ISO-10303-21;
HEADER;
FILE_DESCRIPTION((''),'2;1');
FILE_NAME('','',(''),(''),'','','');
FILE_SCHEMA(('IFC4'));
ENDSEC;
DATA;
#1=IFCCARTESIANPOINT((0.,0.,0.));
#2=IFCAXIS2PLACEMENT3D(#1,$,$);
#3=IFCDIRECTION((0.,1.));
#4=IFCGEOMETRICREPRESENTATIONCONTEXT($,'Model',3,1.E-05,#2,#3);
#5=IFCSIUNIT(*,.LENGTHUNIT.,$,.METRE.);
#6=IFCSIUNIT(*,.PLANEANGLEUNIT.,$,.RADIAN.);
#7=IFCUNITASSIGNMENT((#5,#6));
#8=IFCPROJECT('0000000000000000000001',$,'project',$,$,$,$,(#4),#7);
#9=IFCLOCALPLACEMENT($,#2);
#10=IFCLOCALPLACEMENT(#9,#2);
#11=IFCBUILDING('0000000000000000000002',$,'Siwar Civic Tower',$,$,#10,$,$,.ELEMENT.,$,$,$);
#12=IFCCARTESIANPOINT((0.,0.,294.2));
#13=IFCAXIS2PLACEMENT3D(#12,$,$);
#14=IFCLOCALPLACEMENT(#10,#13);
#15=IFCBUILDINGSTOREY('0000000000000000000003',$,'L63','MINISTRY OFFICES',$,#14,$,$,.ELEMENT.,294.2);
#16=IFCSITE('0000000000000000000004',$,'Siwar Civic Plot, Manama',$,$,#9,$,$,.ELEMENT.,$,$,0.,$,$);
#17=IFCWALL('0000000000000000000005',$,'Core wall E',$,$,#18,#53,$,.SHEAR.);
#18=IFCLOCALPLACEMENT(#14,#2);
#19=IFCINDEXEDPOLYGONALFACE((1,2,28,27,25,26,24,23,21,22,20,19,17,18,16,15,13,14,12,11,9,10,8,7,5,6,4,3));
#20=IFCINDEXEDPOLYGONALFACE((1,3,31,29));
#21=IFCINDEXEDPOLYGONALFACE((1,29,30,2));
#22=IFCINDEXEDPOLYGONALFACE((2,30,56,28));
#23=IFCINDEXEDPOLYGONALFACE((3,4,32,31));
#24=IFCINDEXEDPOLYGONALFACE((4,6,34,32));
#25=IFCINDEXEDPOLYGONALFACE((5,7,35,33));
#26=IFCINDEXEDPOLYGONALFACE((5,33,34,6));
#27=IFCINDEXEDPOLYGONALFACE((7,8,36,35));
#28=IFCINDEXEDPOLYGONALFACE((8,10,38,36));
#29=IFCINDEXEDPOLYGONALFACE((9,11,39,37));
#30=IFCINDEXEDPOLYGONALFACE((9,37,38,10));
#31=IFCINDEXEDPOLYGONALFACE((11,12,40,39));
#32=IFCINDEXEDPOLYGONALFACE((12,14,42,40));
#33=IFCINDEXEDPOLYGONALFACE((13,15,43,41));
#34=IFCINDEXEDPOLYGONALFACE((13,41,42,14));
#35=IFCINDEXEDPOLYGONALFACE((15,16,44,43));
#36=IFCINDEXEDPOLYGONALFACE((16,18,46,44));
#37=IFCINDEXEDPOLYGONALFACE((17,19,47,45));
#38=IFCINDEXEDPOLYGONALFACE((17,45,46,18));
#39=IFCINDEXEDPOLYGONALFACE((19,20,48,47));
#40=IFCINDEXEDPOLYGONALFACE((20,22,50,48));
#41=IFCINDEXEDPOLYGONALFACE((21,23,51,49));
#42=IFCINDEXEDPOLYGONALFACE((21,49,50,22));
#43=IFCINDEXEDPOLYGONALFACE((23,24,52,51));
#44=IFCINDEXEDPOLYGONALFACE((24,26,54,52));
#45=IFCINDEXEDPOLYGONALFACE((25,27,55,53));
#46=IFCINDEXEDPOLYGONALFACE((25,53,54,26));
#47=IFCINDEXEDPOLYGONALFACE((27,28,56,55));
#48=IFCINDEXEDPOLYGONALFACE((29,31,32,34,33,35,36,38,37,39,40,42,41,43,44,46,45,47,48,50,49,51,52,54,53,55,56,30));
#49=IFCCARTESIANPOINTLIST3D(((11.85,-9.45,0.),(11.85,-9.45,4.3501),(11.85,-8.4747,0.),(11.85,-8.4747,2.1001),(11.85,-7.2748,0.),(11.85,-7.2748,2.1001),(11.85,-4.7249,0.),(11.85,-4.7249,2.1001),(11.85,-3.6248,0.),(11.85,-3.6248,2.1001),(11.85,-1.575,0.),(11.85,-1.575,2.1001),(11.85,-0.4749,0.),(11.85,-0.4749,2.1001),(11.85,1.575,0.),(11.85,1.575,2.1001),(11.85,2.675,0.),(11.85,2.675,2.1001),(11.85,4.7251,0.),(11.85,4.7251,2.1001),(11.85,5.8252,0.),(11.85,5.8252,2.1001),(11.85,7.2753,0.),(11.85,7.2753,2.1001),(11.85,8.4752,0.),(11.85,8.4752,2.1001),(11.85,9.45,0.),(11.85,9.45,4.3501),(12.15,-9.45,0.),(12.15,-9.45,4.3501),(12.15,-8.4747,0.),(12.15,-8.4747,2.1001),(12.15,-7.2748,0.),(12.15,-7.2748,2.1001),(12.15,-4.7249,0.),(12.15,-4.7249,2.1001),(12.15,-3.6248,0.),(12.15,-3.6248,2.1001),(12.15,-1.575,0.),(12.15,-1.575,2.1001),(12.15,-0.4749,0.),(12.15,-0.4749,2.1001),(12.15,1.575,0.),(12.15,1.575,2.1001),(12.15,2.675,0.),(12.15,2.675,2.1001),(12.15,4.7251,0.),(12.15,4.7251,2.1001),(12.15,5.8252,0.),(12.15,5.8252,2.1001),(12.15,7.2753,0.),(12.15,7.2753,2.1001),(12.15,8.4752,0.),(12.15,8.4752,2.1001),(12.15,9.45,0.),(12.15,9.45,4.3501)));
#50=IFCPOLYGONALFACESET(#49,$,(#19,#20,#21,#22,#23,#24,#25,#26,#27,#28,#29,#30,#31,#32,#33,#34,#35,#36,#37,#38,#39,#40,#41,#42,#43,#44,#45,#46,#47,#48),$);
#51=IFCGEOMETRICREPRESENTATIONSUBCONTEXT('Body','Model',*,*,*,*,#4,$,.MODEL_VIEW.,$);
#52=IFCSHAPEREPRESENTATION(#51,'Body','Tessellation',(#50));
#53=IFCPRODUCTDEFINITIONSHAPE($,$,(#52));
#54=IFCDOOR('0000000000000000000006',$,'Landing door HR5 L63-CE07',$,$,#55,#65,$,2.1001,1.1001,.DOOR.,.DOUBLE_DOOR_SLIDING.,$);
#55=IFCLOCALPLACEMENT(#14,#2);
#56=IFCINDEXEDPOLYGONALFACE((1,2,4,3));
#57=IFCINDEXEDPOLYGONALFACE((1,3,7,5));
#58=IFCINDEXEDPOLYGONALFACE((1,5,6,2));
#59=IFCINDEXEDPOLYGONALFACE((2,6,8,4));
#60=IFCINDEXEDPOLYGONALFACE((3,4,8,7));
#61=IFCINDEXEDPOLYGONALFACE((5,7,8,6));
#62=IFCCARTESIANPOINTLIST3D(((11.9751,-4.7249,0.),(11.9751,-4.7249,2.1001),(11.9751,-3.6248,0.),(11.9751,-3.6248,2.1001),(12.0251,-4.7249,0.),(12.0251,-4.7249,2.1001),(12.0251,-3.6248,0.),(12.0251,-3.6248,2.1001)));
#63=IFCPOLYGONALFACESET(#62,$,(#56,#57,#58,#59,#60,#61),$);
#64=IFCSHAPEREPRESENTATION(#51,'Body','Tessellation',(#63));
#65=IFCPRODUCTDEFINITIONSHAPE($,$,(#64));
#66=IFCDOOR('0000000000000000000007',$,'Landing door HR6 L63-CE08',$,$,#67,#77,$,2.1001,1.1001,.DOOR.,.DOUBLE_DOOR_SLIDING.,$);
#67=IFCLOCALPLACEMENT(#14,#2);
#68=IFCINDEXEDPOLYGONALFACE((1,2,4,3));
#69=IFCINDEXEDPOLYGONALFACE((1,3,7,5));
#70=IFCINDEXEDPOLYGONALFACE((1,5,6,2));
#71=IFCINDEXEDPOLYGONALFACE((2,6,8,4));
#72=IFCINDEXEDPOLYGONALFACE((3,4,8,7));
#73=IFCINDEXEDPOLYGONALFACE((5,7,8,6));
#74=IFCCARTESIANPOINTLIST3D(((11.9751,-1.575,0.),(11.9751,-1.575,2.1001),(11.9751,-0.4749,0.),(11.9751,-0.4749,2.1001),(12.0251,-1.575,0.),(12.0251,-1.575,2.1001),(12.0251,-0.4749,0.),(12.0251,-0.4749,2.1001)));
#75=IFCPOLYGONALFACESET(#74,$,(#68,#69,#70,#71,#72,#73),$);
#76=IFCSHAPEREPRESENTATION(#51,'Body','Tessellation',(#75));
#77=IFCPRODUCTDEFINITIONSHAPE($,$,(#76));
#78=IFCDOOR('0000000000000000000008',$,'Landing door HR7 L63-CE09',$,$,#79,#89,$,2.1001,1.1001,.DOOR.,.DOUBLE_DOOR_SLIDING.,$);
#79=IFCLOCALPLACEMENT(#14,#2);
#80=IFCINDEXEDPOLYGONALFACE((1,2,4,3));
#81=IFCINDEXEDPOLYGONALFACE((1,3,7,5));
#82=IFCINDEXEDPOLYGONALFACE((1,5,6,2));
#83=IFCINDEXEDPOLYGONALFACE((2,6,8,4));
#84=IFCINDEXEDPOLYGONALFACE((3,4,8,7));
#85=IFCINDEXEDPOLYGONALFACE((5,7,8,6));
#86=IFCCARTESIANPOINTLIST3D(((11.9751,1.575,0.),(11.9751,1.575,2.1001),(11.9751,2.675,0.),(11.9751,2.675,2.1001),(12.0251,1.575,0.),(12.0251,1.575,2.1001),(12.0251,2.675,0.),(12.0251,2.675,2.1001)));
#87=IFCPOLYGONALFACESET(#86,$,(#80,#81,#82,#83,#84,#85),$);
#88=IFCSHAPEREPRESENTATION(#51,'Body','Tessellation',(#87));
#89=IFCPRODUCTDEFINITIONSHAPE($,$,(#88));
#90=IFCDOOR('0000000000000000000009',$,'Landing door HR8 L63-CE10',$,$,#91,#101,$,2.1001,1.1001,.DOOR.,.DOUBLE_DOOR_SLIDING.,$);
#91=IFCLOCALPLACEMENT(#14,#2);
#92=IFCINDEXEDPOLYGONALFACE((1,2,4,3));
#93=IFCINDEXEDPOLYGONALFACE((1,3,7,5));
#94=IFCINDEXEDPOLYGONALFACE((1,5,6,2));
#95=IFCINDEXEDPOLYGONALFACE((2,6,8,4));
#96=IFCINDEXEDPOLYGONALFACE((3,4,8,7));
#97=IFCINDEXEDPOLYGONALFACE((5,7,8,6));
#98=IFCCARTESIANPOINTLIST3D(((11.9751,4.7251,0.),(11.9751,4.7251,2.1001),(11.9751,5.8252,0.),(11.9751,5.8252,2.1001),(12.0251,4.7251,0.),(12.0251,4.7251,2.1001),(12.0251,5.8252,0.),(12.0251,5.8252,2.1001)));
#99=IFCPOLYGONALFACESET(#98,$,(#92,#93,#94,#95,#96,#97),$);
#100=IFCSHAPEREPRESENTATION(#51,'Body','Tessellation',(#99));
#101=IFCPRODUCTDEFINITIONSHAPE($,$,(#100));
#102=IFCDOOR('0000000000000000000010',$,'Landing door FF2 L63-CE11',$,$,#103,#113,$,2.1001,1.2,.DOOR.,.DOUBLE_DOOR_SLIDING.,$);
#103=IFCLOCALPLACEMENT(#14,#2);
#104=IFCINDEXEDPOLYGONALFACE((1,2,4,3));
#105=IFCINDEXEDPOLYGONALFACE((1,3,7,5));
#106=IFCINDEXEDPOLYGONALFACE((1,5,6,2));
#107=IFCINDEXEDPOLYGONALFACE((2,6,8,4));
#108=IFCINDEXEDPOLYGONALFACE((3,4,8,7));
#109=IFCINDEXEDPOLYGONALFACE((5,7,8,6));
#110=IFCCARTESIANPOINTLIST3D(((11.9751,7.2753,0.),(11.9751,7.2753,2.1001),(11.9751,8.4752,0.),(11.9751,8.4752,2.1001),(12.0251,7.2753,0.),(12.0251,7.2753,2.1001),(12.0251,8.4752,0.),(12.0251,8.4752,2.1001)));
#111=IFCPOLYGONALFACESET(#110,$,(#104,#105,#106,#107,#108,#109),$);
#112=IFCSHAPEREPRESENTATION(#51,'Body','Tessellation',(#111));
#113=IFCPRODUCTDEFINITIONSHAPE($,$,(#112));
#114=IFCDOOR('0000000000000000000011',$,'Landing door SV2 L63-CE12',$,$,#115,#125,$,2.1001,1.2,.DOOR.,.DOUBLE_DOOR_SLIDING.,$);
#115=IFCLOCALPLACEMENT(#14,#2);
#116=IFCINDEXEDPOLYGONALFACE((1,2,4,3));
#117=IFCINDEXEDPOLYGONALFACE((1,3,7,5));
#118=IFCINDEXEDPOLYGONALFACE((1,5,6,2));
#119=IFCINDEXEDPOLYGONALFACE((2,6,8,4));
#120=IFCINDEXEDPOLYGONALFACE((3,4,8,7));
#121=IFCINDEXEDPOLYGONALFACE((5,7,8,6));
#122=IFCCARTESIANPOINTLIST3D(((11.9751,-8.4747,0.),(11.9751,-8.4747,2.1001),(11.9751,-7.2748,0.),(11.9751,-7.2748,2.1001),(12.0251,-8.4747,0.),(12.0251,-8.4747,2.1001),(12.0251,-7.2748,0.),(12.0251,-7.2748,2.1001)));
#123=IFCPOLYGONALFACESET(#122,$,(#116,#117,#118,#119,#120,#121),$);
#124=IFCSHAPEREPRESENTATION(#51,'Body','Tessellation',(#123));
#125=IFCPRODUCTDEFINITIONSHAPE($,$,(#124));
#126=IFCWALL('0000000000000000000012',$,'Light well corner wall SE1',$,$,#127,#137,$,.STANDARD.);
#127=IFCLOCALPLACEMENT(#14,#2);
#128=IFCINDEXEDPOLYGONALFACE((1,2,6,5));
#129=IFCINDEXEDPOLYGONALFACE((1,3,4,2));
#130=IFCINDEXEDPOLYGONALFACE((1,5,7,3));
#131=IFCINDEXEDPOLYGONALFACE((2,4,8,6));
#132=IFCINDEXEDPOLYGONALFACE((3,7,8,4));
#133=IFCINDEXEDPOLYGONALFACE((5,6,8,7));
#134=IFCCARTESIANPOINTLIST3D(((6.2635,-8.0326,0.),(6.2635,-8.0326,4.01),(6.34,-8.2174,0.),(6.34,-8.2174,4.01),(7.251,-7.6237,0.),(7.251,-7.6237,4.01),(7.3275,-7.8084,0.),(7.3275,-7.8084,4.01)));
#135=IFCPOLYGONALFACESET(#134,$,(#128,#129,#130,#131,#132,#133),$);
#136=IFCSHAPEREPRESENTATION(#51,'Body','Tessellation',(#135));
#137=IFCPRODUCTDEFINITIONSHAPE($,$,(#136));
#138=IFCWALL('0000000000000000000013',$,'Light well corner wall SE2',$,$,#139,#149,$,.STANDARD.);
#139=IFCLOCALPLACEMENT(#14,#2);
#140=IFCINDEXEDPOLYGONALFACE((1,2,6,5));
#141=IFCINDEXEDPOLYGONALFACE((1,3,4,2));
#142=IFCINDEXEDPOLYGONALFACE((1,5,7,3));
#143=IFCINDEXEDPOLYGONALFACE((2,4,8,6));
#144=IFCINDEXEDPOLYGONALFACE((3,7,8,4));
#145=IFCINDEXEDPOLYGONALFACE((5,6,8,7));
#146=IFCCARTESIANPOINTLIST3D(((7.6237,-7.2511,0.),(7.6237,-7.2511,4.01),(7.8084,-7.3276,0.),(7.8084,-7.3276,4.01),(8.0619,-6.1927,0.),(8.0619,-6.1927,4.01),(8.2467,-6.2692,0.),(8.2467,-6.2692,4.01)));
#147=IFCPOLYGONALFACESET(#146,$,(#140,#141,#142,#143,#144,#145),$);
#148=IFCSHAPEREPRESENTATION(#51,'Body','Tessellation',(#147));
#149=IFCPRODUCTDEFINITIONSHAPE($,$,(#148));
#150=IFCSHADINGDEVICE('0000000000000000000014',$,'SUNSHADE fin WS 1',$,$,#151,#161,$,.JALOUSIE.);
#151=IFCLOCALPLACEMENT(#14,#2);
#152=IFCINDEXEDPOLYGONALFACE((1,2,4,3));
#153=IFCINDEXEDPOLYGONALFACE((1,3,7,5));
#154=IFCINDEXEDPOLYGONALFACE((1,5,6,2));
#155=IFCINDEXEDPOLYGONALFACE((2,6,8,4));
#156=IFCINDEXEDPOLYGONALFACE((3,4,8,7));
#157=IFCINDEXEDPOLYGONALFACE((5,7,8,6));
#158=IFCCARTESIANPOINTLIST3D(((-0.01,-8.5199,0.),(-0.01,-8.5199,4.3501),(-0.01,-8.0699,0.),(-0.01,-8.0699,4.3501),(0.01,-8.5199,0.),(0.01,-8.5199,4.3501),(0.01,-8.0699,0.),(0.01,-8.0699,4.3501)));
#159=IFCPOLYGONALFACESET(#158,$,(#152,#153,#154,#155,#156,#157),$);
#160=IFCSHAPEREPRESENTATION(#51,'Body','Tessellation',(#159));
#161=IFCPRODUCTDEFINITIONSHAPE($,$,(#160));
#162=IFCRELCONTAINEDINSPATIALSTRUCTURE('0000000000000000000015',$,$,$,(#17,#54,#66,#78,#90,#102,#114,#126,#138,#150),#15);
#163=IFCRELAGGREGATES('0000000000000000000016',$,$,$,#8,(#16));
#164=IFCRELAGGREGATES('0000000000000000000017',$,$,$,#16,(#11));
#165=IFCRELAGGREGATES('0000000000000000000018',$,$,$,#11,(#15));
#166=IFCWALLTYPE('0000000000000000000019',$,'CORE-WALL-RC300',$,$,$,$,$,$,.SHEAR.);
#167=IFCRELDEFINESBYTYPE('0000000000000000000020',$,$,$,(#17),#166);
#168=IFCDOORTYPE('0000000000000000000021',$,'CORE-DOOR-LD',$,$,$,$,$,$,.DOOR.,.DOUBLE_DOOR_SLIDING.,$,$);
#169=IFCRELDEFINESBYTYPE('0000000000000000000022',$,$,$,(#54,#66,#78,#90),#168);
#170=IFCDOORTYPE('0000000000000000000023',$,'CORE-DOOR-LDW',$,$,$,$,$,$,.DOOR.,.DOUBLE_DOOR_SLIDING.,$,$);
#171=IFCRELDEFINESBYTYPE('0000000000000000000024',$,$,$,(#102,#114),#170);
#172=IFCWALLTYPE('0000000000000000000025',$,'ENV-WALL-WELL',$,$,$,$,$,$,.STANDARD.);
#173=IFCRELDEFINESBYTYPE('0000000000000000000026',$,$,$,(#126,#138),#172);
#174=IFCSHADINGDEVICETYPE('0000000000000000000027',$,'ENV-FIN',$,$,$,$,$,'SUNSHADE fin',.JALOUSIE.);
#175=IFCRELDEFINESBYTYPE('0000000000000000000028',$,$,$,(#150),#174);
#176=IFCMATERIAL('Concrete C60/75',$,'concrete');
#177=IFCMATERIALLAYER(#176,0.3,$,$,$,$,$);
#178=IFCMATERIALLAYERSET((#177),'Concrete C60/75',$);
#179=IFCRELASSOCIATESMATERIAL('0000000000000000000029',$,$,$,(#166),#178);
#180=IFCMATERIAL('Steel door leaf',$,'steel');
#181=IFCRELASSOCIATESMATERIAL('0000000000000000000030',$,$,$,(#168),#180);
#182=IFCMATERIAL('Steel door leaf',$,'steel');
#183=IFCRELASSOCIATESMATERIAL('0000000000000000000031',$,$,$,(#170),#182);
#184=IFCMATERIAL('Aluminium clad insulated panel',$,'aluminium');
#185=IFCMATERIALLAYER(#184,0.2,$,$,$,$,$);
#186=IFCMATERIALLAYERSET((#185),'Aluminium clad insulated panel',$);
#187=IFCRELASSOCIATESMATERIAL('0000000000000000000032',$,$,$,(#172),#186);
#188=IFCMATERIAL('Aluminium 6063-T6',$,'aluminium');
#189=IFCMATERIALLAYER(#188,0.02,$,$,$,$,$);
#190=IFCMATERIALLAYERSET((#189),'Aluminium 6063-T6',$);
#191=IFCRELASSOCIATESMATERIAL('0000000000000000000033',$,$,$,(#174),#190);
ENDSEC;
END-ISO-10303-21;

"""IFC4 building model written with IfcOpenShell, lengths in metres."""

from ifc_helpers import new_model, si_unit, direction, frame, frame_2d, origin, origin_2d, place, context, subcontext, project, spatial, rectangle, extrude, material, layer, layer_set, type_object, element, fill, save


model = new_model("IFC4")

# Units and contexts
model_context = context("Model", 3, precision=1e-05, world=origin(), true_north=direction((0.0, 1.0)))
body_context = subcontext(model_context, "Body", "Model", "MODEL_VIEW")
ifc_project = project(units=[si_unit("LENGTHUNIT", "METRE"), si_unit("PLANEANGLEUNIT", "RADIAN")], contexts=[model_context])

# Site, building, storey
site_placement = place(None, origin())
site = spatial("IfcSite", under=ifc_project, at=site_placement, Name="Siwar Civic Plot, Manama", CompositionType="ELEMENT", RefElevation=0.0)
building_placement = place(site_placement, origin())
building = spatial("IfcBuilding", under=site, at=building_placement, Name="Siwar Civic Tower", CompositionType="ELEMENT")
storey_placement = place(building_placement, frame((0.0, 0.0, 294.2)))
storey = spatial("IfcBuildingStorey", under=building, at=storey_placement, Name="L63", Description="MINISTRY OFFICES", CompositionType="ELEMENT", Elevation=294.2)

# Wall, openings, doors
ifc_material_1 = material(Name="Concrete C60/75", Category="concrete")
ifc_layer_1 = layer(ifc_material_1, 0.3)
ifc_layer_set_1 = layer_set([ifc_layer_1], Name="Concrete C60/75")
wall_type_1 = type_object("IfcWallType", Name="CORE-WALL-RC300", PredefinedType="SHEAR", material=ifc_layer_set_1)
wall_1_placement = place(storey_placement, frame((12.0, -9.45, 0.0), z_axis=(0.0, 0.0, 1.0), x_axis=(0.0, 1.0, 0.0)))
wall_1 = element("IfcWall", 1, at=wall_1_placement, inside=storey, type_object=wall_type_1, Name="Core wall E", PredefinedType="SHEAR", context=body_context, shape_type="SweptSolid", body=[
    extrude(rectangle(XDim=18.8999, YDim=0.3, at=frame_2d((9.45, 0.0))), origin(), (0.0, 0.0, 1.0), 4.3501),
])
opening_1_placement = place(wall_1_placement, frame((4.7251, 0.0, 0.0)))
opening_1 = element("IfcOpeningElement", 2, at=opening_1_placement, cuts=wall_1, PredefinedType="OPENING", context=body_context, shape_type="SweptSolid", body=[
    extrude(rectangle(XDim=1.1001, YDim=2.1001, at=frame_2d((0.55, 1.05))), frame((0.0, 0.1602, 0.0), z_axis=(0.0, -1.0, 0.0), x_axis=(1.0, 0.0, 0.0)), (0.0, 0.0, 1.0), 0.3201),
])
opening_2_placement = place(wall_1_placement, frame((7.875, 0.0, 0.0)))
opening_2 = element("IfcOpeningElement", 3, at=opening_2_placement, cuts=wall_1, PredefinedType="OPENING", context=body_context, shape_type="SweptSolid", body=[
    extrude(rectangle(XDim=1.1001, YDim=2.1001, at=frame_2d((0.55, 1.05))), frame((0.0, 0.1602, 0.0), z_axis=(0.0, -1.0, 0.0), x_axis=(1.0, 0.0, 0.0)), (0.0, 0.0, 1.0), 0.3201),
])
opening_3_placement = place(wall_1_placement, frame((11.0249, 0.0, 0.0)))
opening_3 = element("IfcOpeningElement", 4, at=opening_3_placement, cuts=wall_1, PredefinedType="OPENING", context=body_context, shape_type="SweptSolid", body=[
    extrude(rectangle(XDim=1.1001, YDim=2.1001, at=frame_2d((0.55, 1.05))), frame((0.0, 0.1602, 0.0), z_axis=(0.0, -1.0, 0.0), x_axis=(1.0, 0.0, 0.0)), (0.0, 0.0, 1.0), 0.3201),
])
opening_4_placement = place(wall_1_placement, frame((14.175, 0.0, 0.0)))
opening_4 = element("IfcOpeningElement", 5, at=opening_4_placement, cuts=wall_1, PredefinedType="OPENING", context=body_context, shape_type="SweptSolid", body=[
    extrude(rectangle(XDim=1.1001, YDim=2.1001, at=frame_2d((0.55, 1.05))), frame((0.0, 0.1602, 0.0), z_axis=(0.0, -1.0, 0.0), x_axis=(1.0, 0.0, 0.0)), (0.0, 0.0, 1.0), 0.3201),
])
opening_5_placement = place(wall_1_placement, frame((16.7251, 0.0, 0.0)))
opening_5 = element("IfcOpeningElement", 6, at=opening_5_placement, cuts=wall_1, PredefinedType="OPENING", context=body_context, shape_type="SweptSolid", body=[
    extrude(rectangle(XDim=1.2, YDim=2.1001, at=frame_2d((0.6001, 1.05))), frame((0.0, 0.1602, 0.0), z_axis=(0.0, -1.0, 0.0), x_axis=(1.0, 0.0, 0.0)), (0.0, 0.0, 1.0), 0.3201),
])
opening_6_placement = place(wall_1_placement, frame((0.9751, 0.0, 0.0)))
opening_6 = element("IfcOpeningElement", 7, at=opening_6_placement, cuts=wall_1, PredefinedType="OPENING", context=body_context, shape_type="SweptSolid", body=[
    extrude(rectangle(XDim=1.2, YDim=2.1001, at=frame_2d((0.6001, 1.05))), frame((0.0, 0.1602, 0.0), z_axis=(0.0, -1.0, 0.0), x_axis=(1.0, 0.0, 0.0)), (0.0, 0.0, 1.0), 0.3201),
])
ifc_material_2 = material(Name="Steel door leaf", Category="steel")
door_type_1 = type_object("IfcDoorType", Name="CORE-DOOR-LD", OperationType="DOUBLE_DOOR_SLIDING", PredefinedType="DOOR", material=ifc_material_2)
door_1_placement = place(opening_1_placement, origin())
door_1 = element("IfcDoor", 8, at=door_1_placement, inside=storey, type_object=door_type_1, Name="Landing door HR5 L63-CE07", OperationType="DOUBLE_DOOR_SLIDING", OverallHeight=2.1001, OverallWidth=1.1001, PredefinedType="DOOR", context=body_context, shape_type="SweptSolid", body=[
    extrude(rectangle(XDim=1.1001, YDim=2.1001, at=frame_2d((0.55, 1.05))), frame((0.0, 0.0249, 0.0), z_axis=(0.0, -1.0, 0.0), x_axis=(1.0, 0.0, 0.0)), (0.0, 0.0, 1.0), 0.05),
])
fill(opening_1, door_1)
door_2_placement = place(opening_2_placement, origin())
door_2 = element("IfcDoor", 9, at=door_2_placement, inside=storey, type_object=door_type_1, Name="Landing door HR6 L63-CE08", OperationType="DOUBLE_DOOR_SLIDING", OverallHeight=2.1001, OverallWidth=1.1001, PredefinedType="DOOR", context=body_context, shape_type="SweptSolid", body=[
    extrude(rectangle(XDim=1.1001, YDim=2.1001, at=frame_2d((0.55, 1.05))), frame((0.0, 0.0249, 0.0), z_axis=(0.0, -1.0, 0.0), x_axis=(1.0, 0.0, 0.0)), (0.0, 0.0, 1.0), 0.05),
])
fill(opening_2, door_2)
door_3_placement = place(opening_3_placement, origin())
door_3 = element("IfcDoor", 10, at=door_3_placement, inside=storey, type_object=door_type_1, Name="Landing door HR7 L63-CE09", OperationType="DOUBLE_DOOR_SLIDING", OverallHeight=2.1001, OverallWidth=1.1001, PredefinedType="DOOR", context=body_context, shape_type="SweptSolid", body=[
    extrude(rectangle(XDim=1.1001, YDim=2.1001, at=frame_2d((0.55, 1.05))), frame((0.0, 0.0249, 0.0), z_axis=(0.0, -1.0, 0.0), x_axis=(1.0, 0.0, 0.0)), (0.0, 0.0, 1.0), 0.05),
])
fill(opening_3, door_3)
door_4_placement = place(opening_4_placement, origin())
door_4 = element("IfcDoor", 11, at=door_4_placement, inside=storey, type_object=door_type_1, Name="Landing door HR8 L63-CE10", OperationType="DOUBLE_DOOR_SLIDING", OverallHeight=2.1001, OverallWidth=1.1001, PredefinedType="DOOR", context=body_context, shape_type="SweptSolid", body=[
    extrude(rectangle(XDim=1.1001, YDim=2.1001, at=frame_2d((0.55, 1.05))), frame((0.0, 0.0249, 0.0), z_axis=(0.0, -1.0, 0.0), x_axis=(1.0, 0.0, 0.0)), (0.0, 0.0, 1.0), 0.05),
])
fill(opening_4, door_4)
ifc_material_3 = material(Name="Steel door leaf", Category="steel")
door_type_2 = type_object("IfcDoorType", Name="CORE-DOOR-LDW", OperationType="DOUBLE_DOOR_SLIDING", PredefinedType="DOOR", material=ifc_material_3)
door_5_placement = place(opening_5_placement, origin())
door_5 = element("IfcDoor", 12, at=door_5_placement, inside=storey, type_object=door_type_2, Name="Landing door FF2 L63-CE11", OperationType="DOUBLE_DOOR_SLIDING", OverallHeight=2.1001, OverallWidth=1.2, PredefinedType="DOOR", context=body_context, shape_type="SweptSolid", body=[
    extrude(rectangle(XDim=1.2, YDim=2.1001, at=frame_2d((0.6001, 1.05))), frame((0.0, 0.0249, 0.0), z_axis=(0.0, -1.0, 0.0), x_axis=(1.0, 0.0, 0.0)), (0.0, 0.0, 1.0), 0.05),
])
fill(opening_5, door_5)
door_6_placement = place(opening_6_placement, origin())
door_6 = element("IfcDoor", 13, at=door_6_placement, inside=storey, type_object=door_type_2, Name="Landing door SV2 L63-CE12", OperationType="DOUBLE_DOOR_SLIDING", OverallHeight=2.1001, OverallWidth=1.2, PredefinedType="DOOR", context=body_context, shape_type="SweptSolid", body=[
    extrude(rectangle(XDim=1.2, YDim=2.1001, at=frame_2d((0.6001, 1.05))), frame((0.0, 0.0249, 0.0), z_axis=(0.0, -1.0, 0.0), x_axis=(1.0, 0.0, 0.0)), (0.0, 0.0, 1.0), 0.05),
])
fill(opening_6, door_6)

# Walls
ifc_material_4 = material(Name="Aluminium clad insulated panel", Category="aluminium")
ifc_layer_2 = layer(ifc_material_4, 0.2)
ifc_layer_set_2 = layer_set([ifc_layer_2], Name="Aluminium clad insulated panel")
wall_type_2 = type_object("IfcWallType", Name="ENV-WALL-WELL", PredefinedType="STANDARD", material=ifc_layer_set_2)
wall_2_placement = place(storey_placement, frame((6.3018, -8.125, 0.0), z_axis=(0.0, 0.0, 1.0), x_axis=(0.923919, 0.382587, 0.0)))
element("IfcWall", 14, at=wall_2_placement, inside=storey, type_object=wall_type_2, Name="Light well corner wall SE1", PredefinedType="STANDARD", context=body_context, shape_type="SweptSolid", body=[
    extrude(rectangle(XDim=1.0688, YDim=0.2, at=frame_2d((0.5344, 0.0))), origin(), (0.0, 0.0, 1.0), 4.01),
])
wall_3_placement = place(storey_placement, frame((7.7161, -7.2893, 0.0), z_axis=(0.0, 0.0, 1.0), x_axis=(0.382571, 0.923926, 0.0)))
element("IfcWall", 15, at=wall_3_placement, inside=storey, type_object=wall_type_2, Name="Light well corner wall SE2", PredefinedType="STANDARD", context=body_context, shape_type="SweptSolid", body=[
    extrude(rectangle(XDim=1.1455, YDim=0.2, at=frame_2d((0.5728, 0.0))), origin(), (0.0, 0.0, 1.0), 4.01),
])

# Shading device
ifc_material_5 = material(Name="Aluminium 6063-T6", Category="aluminium")
ifc_layer_3 = layer(ifc_material_5, 0.02)
ifc_layer_set_3 = layer_set([ifc_layer_3], Name="Aluminium 6063-T6")
shading_device_type = type_object("IfcShadingDeviceType", Name="ENV-FIN", ElementType="SUNSHADE fin", PredefinedType="JALOUSIE", material=ifc_layer_set_3)
shading_device_placement = place(storey_placement, frame((0.0, -8.2949, 0.0), z_axis=(0.0, 0.0, 1.0), x_axis=(1.0, 0.0, 0.0)))
element("IfcShadingDevice", 16, at=shading_device_placement, inside=storey, type_object=shading_device_type, Name="SUNSHADE fin WS 1", PredefinedType="JALOUSIE", context=body_context, shape_type="SweptSolid", body=[
    extrude(rectangle(XDim=0.02, YDim=0.45, at=origin_2d()), origin(), (0.0, 0.0, 1.0), 4.3501),
])

save(model, "model.ifc")
